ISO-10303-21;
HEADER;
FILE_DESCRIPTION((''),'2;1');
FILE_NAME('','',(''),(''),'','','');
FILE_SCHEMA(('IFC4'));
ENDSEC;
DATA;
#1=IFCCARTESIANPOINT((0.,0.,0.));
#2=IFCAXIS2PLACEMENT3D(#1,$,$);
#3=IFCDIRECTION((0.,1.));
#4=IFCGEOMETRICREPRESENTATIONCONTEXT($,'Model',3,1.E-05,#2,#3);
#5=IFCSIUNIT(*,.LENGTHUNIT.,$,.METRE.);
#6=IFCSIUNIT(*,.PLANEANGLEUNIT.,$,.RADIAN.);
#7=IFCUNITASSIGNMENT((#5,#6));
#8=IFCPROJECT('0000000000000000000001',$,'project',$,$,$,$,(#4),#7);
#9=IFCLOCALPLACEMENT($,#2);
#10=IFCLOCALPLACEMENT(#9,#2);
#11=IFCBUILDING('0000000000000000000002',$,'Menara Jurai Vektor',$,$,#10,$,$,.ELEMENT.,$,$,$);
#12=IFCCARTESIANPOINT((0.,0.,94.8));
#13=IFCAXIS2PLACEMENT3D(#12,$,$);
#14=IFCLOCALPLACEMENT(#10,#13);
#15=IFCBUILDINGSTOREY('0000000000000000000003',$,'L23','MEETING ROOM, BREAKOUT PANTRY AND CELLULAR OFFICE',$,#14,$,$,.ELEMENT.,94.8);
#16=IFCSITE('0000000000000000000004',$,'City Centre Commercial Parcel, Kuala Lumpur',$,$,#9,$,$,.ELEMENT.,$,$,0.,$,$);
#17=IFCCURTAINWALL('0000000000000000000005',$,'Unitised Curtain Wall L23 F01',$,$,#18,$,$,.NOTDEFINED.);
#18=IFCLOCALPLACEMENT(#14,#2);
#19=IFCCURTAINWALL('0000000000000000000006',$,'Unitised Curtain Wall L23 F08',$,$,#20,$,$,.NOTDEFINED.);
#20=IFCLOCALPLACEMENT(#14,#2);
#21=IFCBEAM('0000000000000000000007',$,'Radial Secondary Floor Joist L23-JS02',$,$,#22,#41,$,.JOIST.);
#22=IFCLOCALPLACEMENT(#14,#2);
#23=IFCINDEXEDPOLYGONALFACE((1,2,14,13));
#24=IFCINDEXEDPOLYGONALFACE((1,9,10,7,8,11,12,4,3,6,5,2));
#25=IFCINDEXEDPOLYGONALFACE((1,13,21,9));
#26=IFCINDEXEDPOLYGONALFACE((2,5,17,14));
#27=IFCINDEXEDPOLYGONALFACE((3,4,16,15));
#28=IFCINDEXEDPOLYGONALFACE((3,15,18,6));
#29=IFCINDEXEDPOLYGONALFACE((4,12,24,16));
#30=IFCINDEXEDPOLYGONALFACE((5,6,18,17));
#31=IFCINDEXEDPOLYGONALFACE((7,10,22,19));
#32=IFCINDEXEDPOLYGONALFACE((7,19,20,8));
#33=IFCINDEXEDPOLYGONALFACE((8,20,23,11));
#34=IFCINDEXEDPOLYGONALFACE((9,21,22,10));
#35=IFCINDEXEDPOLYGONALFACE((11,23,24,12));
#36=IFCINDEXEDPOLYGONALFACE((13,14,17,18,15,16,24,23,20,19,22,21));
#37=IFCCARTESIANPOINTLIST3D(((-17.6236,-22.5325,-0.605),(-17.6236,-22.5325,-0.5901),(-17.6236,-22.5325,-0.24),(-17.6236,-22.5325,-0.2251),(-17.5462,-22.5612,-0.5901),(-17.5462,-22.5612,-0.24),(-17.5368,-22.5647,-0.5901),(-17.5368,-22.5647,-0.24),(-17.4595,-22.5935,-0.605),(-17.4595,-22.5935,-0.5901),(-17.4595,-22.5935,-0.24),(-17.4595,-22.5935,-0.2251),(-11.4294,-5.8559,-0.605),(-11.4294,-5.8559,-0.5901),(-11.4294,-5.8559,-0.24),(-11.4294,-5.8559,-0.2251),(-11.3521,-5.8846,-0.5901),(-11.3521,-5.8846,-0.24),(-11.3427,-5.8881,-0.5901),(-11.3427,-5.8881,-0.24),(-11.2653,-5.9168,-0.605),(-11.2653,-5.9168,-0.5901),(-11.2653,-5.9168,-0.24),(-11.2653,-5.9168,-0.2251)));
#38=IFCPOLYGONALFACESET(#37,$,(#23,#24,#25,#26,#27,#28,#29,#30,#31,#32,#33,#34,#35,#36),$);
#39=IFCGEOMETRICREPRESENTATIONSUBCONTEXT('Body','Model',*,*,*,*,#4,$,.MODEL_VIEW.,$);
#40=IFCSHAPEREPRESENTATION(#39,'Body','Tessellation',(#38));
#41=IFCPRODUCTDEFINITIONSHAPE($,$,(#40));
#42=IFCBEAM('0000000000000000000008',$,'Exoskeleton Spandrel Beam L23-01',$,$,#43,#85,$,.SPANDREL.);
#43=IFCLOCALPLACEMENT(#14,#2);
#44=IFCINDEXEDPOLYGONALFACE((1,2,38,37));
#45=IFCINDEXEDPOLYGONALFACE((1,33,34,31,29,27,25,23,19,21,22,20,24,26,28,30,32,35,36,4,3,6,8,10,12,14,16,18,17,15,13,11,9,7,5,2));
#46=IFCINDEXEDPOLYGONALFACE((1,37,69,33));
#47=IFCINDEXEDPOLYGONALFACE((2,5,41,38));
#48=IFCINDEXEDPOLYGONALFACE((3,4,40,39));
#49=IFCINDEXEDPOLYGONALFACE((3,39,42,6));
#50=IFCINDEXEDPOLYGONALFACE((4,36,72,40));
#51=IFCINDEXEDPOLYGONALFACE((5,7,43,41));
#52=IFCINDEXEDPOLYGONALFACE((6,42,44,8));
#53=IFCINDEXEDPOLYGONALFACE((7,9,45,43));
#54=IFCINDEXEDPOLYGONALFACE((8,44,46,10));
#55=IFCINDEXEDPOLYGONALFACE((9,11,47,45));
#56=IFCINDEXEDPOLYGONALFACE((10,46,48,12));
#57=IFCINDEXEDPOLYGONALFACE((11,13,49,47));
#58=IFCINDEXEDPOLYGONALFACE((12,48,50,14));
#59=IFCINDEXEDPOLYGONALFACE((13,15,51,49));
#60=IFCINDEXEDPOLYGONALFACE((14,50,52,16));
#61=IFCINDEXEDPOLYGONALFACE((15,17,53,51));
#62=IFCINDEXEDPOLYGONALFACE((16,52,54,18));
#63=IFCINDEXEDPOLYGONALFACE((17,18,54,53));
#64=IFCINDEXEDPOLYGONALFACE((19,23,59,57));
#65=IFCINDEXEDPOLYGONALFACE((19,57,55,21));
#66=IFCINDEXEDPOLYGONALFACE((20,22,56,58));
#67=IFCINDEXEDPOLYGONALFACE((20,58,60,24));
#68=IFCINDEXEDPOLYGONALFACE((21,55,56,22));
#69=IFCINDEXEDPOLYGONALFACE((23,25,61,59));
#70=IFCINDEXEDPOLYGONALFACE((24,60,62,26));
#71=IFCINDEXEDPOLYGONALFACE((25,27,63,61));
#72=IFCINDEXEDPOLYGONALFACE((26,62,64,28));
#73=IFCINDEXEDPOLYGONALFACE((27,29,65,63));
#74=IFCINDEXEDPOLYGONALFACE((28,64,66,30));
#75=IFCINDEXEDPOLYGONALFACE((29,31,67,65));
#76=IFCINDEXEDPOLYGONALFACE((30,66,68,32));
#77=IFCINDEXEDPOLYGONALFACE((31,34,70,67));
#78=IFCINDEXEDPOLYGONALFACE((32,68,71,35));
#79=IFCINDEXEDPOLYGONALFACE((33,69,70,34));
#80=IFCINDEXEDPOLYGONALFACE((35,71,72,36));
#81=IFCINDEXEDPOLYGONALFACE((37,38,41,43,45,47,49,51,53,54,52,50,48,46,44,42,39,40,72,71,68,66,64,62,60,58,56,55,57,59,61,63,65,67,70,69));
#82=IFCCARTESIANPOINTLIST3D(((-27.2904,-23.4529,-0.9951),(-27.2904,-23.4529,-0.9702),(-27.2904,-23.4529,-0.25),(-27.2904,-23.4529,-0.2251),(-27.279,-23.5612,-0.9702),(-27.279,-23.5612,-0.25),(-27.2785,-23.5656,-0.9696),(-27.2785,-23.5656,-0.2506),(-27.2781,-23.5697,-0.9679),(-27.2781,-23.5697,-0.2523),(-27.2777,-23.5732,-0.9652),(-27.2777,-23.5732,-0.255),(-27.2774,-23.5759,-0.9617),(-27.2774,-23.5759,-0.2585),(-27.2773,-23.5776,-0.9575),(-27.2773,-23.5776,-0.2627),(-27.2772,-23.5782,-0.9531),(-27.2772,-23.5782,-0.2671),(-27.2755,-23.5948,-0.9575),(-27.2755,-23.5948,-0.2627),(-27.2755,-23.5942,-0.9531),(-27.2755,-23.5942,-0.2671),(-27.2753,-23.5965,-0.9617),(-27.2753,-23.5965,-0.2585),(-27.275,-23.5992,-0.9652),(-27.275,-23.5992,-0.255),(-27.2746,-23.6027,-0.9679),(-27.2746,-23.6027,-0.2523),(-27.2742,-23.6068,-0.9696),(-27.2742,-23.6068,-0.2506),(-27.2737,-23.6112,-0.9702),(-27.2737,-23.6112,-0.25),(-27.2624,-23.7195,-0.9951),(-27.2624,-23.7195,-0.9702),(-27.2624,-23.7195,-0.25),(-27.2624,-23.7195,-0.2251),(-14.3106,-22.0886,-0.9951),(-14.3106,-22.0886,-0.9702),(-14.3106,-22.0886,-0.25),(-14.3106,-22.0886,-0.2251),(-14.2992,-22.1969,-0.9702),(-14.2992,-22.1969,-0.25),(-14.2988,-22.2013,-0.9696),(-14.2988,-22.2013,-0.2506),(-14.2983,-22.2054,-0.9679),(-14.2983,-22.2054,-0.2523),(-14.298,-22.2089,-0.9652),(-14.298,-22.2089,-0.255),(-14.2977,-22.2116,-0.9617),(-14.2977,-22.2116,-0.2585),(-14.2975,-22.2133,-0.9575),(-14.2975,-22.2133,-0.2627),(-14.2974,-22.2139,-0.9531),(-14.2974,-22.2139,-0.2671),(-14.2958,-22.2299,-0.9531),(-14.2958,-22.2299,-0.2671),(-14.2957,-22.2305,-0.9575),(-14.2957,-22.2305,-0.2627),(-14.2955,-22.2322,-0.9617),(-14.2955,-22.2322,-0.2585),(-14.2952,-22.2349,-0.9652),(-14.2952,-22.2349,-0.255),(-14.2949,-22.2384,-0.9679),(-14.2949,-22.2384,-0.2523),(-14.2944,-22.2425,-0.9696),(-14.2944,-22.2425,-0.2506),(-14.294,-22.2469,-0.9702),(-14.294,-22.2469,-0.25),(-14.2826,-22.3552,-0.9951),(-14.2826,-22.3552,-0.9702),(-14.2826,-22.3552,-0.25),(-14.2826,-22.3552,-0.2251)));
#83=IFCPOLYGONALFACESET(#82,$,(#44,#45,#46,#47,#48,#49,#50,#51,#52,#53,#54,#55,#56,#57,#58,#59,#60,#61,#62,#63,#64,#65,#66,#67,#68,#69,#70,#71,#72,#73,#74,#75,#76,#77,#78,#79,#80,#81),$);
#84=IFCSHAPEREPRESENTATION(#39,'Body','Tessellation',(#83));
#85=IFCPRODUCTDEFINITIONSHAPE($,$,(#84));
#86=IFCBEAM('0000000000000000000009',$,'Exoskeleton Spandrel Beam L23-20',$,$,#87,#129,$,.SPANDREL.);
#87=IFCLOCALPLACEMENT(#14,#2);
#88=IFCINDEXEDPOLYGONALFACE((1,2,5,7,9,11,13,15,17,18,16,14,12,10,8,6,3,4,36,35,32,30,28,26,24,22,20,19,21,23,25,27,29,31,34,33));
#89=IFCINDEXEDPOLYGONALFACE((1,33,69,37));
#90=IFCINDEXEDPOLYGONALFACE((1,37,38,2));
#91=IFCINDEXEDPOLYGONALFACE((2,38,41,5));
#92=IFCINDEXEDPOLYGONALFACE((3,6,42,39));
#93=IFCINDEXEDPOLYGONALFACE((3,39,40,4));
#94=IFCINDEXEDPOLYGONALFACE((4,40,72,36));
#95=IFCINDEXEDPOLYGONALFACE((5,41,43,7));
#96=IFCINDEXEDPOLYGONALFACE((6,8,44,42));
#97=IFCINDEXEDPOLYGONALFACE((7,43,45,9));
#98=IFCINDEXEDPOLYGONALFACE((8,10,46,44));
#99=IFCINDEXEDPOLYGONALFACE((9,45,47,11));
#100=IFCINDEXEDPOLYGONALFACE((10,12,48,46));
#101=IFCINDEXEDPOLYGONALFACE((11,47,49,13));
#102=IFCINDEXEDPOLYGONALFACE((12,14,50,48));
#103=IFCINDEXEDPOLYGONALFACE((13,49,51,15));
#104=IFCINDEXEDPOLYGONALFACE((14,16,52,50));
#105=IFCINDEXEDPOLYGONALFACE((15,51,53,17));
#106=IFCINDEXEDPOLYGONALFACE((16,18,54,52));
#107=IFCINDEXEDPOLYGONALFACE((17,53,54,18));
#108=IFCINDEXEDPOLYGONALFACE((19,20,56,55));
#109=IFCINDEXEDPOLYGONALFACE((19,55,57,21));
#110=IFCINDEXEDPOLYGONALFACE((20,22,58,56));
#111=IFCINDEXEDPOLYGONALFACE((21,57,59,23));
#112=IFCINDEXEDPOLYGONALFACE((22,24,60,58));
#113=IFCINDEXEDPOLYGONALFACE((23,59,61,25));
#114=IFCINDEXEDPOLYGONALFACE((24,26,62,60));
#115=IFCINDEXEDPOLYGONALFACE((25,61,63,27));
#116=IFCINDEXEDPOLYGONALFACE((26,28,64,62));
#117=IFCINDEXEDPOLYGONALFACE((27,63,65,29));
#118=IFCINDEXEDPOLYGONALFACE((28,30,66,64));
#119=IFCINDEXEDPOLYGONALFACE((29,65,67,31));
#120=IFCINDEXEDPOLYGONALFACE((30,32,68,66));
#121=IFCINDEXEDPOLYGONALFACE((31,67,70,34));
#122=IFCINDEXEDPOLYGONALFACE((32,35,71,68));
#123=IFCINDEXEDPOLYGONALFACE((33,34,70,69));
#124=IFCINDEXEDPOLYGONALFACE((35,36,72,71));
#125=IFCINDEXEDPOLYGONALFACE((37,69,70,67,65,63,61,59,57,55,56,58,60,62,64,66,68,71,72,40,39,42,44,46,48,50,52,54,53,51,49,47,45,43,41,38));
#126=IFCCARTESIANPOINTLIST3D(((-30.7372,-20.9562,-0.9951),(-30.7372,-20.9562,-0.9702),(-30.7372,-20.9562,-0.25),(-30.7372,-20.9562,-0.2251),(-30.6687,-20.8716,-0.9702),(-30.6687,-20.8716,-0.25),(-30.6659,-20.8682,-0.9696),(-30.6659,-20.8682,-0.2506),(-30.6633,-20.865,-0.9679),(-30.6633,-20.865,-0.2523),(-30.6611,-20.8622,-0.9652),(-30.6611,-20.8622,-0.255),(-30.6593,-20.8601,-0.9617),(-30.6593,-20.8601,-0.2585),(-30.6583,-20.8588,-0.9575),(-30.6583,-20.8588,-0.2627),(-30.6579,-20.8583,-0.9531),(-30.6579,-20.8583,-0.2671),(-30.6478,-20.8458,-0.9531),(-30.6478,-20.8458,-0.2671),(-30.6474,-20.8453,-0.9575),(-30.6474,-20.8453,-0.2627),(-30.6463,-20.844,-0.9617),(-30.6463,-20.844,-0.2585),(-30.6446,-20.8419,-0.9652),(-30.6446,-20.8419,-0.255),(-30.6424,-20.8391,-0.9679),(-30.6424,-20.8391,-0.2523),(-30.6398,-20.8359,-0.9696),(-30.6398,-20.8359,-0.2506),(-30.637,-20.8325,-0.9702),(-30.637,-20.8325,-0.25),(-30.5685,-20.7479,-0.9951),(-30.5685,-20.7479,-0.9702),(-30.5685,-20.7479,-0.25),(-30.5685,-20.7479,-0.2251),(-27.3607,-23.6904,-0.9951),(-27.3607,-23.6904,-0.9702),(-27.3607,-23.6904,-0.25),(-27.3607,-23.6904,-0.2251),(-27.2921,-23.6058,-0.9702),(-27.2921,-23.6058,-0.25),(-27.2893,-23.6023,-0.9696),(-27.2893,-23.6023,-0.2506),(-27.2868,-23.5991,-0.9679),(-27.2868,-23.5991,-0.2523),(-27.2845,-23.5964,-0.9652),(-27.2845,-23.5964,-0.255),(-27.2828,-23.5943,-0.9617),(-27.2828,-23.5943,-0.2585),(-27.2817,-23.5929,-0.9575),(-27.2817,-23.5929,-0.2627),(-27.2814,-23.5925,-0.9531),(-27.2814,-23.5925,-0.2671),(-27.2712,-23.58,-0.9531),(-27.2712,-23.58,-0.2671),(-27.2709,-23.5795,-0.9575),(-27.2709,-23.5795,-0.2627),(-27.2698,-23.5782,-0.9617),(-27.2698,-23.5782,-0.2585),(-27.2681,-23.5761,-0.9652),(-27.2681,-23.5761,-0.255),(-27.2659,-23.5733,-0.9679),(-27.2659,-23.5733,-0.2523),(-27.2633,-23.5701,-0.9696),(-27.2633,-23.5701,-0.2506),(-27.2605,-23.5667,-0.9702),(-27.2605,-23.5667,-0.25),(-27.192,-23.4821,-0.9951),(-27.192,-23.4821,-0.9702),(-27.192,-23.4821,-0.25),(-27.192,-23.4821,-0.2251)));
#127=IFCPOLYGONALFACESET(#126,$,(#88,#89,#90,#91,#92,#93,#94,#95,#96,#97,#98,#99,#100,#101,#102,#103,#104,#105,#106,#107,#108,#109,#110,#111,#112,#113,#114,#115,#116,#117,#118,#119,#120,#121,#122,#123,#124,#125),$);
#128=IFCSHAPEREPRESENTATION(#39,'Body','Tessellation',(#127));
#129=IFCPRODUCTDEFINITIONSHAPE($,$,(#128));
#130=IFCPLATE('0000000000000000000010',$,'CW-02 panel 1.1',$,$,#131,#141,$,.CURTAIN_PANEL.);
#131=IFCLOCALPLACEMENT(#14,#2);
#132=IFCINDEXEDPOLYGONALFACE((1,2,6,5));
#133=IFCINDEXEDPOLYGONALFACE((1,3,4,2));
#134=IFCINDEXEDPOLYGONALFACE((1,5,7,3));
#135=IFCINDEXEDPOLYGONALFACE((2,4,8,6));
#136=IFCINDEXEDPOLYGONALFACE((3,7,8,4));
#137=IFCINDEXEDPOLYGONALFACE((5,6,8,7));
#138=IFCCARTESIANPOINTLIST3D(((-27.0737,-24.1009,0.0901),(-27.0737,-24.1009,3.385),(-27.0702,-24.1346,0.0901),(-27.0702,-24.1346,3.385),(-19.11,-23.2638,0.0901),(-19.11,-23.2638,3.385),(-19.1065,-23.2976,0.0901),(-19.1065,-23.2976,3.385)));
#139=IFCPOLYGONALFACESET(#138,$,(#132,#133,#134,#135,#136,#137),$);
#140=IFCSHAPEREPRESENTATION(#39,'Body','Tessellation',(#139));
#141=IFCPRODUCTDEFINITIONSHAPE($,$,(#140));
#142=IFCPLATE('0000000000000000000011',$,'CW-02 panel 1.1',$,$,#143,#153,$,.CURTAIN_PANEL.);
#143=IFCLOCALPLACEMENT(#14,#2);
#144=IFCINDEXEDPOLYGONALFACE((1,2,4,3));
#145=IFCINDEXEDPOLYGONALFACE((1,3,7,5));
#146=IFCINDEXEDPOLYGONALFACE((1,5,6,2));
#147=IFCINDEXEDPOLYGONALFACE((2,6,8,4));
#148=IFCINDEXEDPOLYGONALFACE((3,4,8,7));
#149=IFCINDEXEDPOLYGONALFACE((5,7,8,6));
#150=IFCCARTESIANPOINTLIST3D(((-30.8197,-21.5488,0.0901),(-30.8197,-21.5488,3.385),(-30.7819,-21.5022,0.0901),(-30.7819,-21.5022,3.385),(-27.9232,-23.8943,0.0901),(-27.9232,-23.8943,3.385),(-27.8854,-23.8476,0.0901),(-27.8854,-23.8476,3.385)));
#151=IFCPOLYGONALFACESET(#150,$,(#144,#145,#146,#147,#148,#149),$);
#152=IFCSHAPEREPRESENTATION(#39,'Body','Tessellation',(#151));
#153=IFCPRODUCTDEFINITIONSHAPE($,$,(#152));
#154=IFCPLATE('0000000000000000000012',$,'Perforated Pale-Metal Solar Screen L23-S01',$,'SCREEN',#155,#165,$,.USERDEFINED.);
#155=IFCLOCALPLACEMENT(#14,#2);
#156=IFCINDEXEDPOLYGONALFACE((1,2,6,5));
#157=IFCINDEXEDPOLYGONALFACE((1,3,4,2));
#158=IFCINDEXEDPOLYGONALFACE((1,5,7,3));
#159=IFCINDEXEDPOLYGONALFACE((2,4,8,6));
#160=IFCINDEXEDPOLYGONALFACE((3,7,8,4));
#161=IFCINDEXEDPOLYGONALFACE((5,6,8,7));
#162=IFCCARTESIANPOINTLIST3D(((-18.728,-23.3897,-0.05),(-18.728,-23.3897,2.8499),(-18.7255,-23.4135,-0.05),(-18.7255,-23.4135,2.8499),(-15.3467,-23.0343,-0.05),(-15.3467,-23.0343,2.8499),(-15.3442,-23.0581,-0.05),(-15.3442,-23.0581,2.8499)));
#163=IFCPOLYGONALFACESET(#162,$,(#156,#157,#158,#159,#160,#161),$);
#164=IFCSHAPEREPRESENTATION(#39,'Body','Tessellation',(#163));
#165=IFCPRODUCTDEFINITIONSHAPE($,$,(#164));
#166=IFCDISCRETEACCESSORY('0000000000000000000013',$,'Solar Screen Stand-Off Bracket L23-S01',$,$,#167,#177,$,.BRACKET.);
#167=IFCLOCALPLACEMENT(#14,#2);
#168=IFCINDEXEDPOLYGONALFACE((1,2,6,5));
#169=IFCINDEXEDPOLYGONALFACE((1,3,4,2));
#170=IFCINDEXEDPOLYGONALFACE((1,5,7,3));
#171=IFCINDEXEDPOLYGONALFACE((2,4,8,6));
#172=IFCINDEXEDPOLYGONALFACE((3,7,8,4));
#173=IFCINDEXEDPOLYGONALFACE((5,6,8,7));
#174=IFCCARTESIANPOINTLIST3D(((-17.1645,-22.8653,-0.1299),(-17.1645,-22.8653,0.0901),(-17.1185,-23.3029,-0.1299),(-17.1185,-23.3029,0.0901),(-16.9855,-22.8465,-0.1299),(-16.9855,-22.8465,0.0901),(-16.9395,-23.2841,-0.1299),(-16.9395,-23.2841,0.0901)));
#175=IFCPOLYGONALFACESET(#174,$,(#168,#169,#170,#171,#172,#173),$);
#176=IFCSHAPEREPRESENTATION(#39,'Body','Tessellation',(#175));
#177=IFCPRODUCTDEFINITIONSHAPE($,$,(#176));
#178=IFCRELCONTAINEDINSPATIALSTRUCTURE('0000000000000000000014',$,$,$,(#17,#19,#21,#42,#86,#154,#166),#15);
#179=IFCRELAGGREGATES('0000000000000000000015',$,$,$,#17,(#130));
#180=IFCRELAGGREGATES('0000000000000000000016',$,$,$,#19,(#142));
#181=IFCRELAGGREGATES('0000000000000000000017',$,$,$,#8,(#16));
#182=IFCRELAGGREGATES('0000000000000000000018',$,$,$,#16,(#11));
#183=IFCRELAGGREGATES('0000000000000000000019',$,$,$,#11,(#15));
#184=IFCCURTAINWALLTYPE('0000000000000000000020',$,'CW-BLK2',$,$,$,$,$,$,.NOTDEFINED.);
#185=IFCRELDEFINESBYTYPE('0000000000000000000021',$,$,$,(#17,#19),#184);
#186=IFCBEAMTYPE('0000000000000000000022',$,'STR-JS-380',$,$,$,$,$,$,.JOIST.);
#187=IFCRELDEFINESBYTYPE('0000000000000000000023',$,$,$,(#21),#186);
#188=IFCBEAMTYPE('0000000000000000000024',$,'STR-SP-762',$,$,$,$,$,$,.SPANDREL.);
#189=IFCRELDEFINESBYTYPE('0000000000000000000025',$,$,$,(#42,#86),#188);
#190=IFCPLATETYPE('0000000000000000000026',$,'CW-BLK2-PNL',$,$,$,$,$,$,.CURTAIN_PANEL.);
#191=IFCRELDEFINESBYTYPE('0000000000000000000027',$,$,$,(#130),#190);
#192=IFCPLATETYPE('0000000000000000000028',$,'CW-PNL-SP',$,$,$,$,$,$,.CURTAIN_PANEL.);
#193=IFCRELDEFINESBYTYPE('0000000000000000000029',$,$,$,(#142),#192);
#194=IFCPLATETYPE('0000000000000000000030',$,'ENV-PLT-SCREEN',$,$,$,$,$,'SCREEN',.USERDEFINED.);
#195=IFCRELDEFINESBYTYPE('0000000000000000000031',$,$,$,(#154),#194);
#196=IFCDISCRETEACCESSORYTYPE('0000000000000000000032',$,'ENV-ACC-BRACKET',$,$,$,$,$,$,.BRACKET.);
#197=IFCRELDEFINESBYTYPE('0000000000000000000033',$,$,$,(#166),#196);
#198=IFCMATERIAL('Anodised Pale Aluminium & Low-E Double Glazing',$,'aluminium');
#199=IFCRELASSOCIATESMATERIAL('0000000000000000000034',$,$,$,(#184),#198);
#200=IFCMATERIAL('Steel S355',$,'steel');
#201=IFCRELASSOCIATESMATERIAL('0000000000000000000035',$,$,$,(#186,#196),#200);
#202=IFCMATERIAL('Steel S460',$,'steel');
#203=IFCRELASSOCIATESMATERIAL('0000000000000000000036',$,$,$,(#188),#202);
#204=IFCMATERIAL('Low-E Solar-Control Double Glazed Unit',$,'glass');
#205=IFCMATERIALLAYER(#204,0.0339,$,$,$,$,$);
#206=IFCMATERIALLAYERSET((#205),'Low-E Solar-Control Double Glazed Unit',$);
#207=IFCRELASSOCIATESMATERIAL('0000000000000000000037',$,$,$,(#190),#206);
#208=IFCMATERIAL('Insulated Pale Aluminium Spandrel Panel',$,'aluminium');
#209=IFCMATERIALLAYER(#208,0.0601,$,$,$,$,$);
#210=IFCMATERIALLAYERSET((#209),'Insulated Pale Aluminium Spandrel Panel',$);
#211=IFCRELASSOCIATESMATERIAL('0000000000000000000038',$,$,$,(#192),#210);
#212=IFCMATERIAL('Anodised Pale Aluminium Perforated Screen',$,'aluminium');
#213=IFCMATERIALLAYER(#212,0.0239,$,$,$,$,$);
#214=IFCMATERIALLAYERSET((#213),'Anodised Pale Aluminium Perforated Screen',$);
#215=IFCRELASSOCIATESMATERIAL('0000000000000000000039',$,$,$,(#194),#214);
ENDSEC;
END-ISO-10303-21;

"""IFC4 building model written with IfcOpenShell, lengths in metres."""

from ifc_helpers import new_model, si_unit, direction, frame, origin, origin_2d, place, context, subcontext, project, spatial, rectangle, i_section, extrude, material, layer, layer_set, material_profile, profile_set, type_object, element, aggregate, save


model = new_model("IFC4")

# Units and contexts
model_context = context("Model", 3, precision=1e-05, world=origin(), true_north=direction((0.0, 1.0)))
body_context = subcontext(model_context, "Body", "Model", "MODEL_VIEW")
ifc_project = project(units=[si_unit("LENGTHUNIT", "METRE"), si_unit("PLANEANGLEUNIT", "RADIAN")], contexts=[model_context])

# Site, building, storey
site_placement = place(None, origin())
site = spatial("IfcSite", under=ifc_project, at=site_placement, Name="City Centre Commercial Parcel, Kuala Lumpur", CompositionType="ELEMENT", RefElevation=0.0)
building_placement = place(site_placement, origin())
building = spatial("IfcBuilding", under=site, at=building_placement, Name="Menara Jurai Vektor", CompositionType="ELEMENT")
storey_placement = place(building_placement, frame((0.0, 0.0, 94.8)))
storey = spatial("IfcBuildingStorey", under=building, at=storey_placement, Name="L23", Description="MEETING ROOM, BREAKOUT PANTRY AND CELLULAR OFFICE", CompositionType="ELEMENT", Elevation=94.8)

# Shared definitions
ifc_material_1 = material(Name="Steel S460", Category="steel")

# Curtain wall
ifc_material_2 = material(Name="Anodised Pale Aluminium & Low-E Double Glazing", Category="aluminium")
curtain_wall_type = type_object("IfcCurtainWallType", Name="CW-BLK2", PredefinedType="NOTDEFINED", material=ifc_material_2)
curtain_wall_1_placement = place(storey_placement, origin())
curtain_wall_1 = element("IfcCurtainWall", 1, at=curtain_wall_1_placement, inside=storey, type_object=curtain_wall_type, Name="Unitised Curtain Wall L23 F01", PredefinedType="NOTDEFINED")

# Curtain wall
curtain_wall_2_placement = place(storey_placement, origin())
curtain_wall_2 = element("IfcCurtainWall", 2, at=curtain_wall_2_placement, inside=storey, type_object=curtain_wall_type, Name="Unitised Curtain Wall L23 F08", PredefinedType="NOTDEFINED")

# Shared definitions
ifc_material_3 = material(Name="Steel S355", Category="steel")

# Beams
ifc_material_profile_1 = material_profile(ifc_material_3, i_section(OverallWidth=0.175, OverallDepth=0.3799, WebThickness=0.01, FlangeThickness=0.0149, at=origin_2d()), Name="PG 380x175x58")
ifc_profile_set_1 = profile_set([ifc_material_profile_1], Name="Steel S355")
beam_type_1 = type_object("IfcBeamType", Name="STR-JS-380", PredefinedType="JOIST", material=ifc_profile_set_1)
beam_1_placement = place(storey_placement, frame((-17.5415, -22.563, -0.415), z_axis=(0.348184, 0.937426, 0.0), x_axis=(-0.937426, 0.348184, 0.0)))
element("IfcBeam", 3, at=beam_1_placement, inside=storey, type_object=beam_type_1, Name="Radial Secondary Floor Joist L23-JS02", PredefinedType="JOIST", context=body_context, shape_type="SweptSolid", body=[
    extrude(i_section(OverallWidth=0.175, OverallDepth=0.3799, WebThickness=0.01, FlangeThickness=0.0149, at=origin_2d()), origin(), (0.0, 0.0, 1.0), 17.7898),
])
ifc_material_profile_2 = material_profile(ifc_material_1, i_section(OverallWidth=0.2681, OverallDepth=0.77, WebThickness=0.0161, FlangeThickness=0.0249, FilletRadius=0.0171, at=origin_2d()), Name="UKB 762x267x197")
ifc_profile_set_2 = profile_set([ifc_material_profile_2], Name="Steel S460")
beam_type_2 = type_object("IfcBeamType", Name="STR-SP-762", PredefinedType="SPANDREL", material=ifc_profile_set_2)
beam_2_placement = place(storey_placement, frame((-27.2764, -23.5862, -0.6101), z_axis=(0.994522, 0.104531, 0.0), x_axis=(-0.104531, 0.994522, 0.0)))
element("IfcBeam", 4, at=beam_2_placement, inside=storey, type_object=beam_type_2, Name="Exoskeleton Spandrel Beam L23-01", PredefinedType="SPANDREL", context=body_context, shape_type="SweptSolid", body=[
    extrude(i_section(OverallWidth=0.2681, OverallDepth=0.77, WebThickness=0.0161, FlangeThickness=0.0249, FilletRadius=0.0171, at=origin_2d()), origin(), (0.0, 0.0, 1.0), 13.0513),
])
beam_3_placement = place(storey_placement, frame((-30.6528, -20.8521, -0.6101), z_axis=(0.777155, -0.62931, 0.0), x_axis=(0.62931, 0.777155, 0.0)))
element("IfcBeam", 5, at=beam_3_placement, inside=storey, type_object=beam_type_2, Name="Exoskeleton Spandrel Beam L23-20", PredefinedType="SPANDREL", context=body_context, shape_type="SweptSolid", body=[
    extrude(i_section(OverallWidth=0.2681, OverallDepth=0.77, WebThickness=0.0161, FlangeThickness=0.0249, FilletRadius=0.0171, at=origin_2d()), origin(), (0.0, 0.0, 1.0), 4.3447),
])

# Plates
ifc_material_4 = material(Name="Low-E Solar-Control Double Glazed Unit", Category="glass")
ifc_layer_1 = layer(ifc_material_4, 0.0339)
ifc_layer_set_1 = layer_set([ifc_layer_1], Name="Low-E Solar-Control Double Glazed Unit")
plate_type_1 = type_object("IfcPlateType", Name="CW-BLK2-PNL", PredefinedType="CURTAIN_PANEL", material=ifc_layer_set_1)
plate_1_placement = place(storey_placement, frame((-23.0901, -23.6992, 0.0901), z_axis=(0.0, 0.0, 1.0), x_axis=(0.994522, 0.104529, 0.0)))
plate_1 = element("IfcPlate", 6, at=plate_1_placement, type_object=plate_type_1, Name="CW-02 panel 1.1", PredefinedType="CURTAIN_PANEL", context=body_context, shape_type="SweptSolid", body=[
    extrude(rectangle(XDim=8.0076, YDim=0.0339, at=origin_2d()), origin(), (0.0, 0.0, 1.0), 3.2949),
])
aggregate(curtain_wall_1, [plate_1])
ifc_material_5 = material(Name="Insulated Pale Aluminium Spandrel Panel", Category="aluminium")
ifc_layer_2 = layer(ifc_material_5, 0.0601)
ifc_layer_set_2 = layer_set([ifc_layer_2], Name="Insulated Pale Aluminium Spandrel Panel")
plate_type_2 = type_object("IfcPlateType", Name="CW-PNL-SP", PredefinedType="CURTAIN_PANEL", material=ifc_layer_set_2)
plate_2_placement = place(storey_placement, frame((-29.3525, -22.6982, 0.0901), z_axis=(0.0, 0.0, 1.0), x_axis=(0.777152, -0.629313, 0.0)))
plate_2 = element("IfcPlate", 7, at=plate_2_placement, type_object=plate_type_2, Name="CW-02 panel 1.1", PredefinedType="CURTAIN_PANEL", context=body_context, shape_type="SweptSolid", body=[
    extrude(rectangle(XDim=3.7271, YDim=0.0601, at=origin_2d()), origin(), (0.0, 0.0, 1.0), 3.2949),
])
aggregate(curtain_wall_2, [plate_2])
ifc_material_6 = material(Name="Anodised Pale Aluminium Perforated Screen", Category="aluminium")
ifc_layer_3 = layer(ifc_material_6, 0.0239)
ifc_layer_set_3 = layer_set([ifc_layer_3], Name="Anodised Pale Aluminium Perforated Screen")
plate_type_3 = type_object("IfcPlateType", Name="ENV-PLT-SCREEN", ElementType="SCREEN", PredefinedType="USERDEFINED", material=ifc_layer_set_3)
plate_3_placement = place(storey_placement, frame((-17.0361, -23.2239, -0.05), z_axis=(0.0, 0.0, 1.0), x_axis=(0.994522, 0.104528, 0.0)))
element("IfcPlate", 8, at=plate_3_placement, inside=storey, type_object=plate_type_3, Name="Perforated Pale-Metal Solar Screen L23-S01", ObjectType="SCREEN", PredefinedType="USERDEFINED", context=body_context, shape_type="SweptSolid", body=[
    extrude(rectangle(XDim=3.3999, YDim=0.0239, at=origin_2d()), origin(), (0.0, 0.0, 1.0), 2.8999),
])

# Discrete accessory
discrete_accessory_type = type_object("IfcDiscreteAccessoryType", Name="ENV-ACC-BRACKET", PredefinedType="BRACKET", material=ifc_material_3)
discrete_accessory_placement = place(storey_placement, frame((-17.052, -23.0747, -0.1299), z_axis=(0.0, 0.0, 1.0), x_axis=(0.994522, 0.104528, 0.0)))
element("IfcDiscreteAccessory", 9, at=discrete_accessory_placement, inside=storey, type_object=discrete_accessory_type, Name="Solar Screen Stand-Off Bracket L23-S01", PredefinedType="BRACKET", context=body_context, shape_type="SweptSolid", body=[
    extrude(rectangle(XDim=0.1799, YDim=0.4399, at=origin_2d()), origin(), (0.0, 0.0, 1.0), 0.22),
])

save(model, "model.ifc")
